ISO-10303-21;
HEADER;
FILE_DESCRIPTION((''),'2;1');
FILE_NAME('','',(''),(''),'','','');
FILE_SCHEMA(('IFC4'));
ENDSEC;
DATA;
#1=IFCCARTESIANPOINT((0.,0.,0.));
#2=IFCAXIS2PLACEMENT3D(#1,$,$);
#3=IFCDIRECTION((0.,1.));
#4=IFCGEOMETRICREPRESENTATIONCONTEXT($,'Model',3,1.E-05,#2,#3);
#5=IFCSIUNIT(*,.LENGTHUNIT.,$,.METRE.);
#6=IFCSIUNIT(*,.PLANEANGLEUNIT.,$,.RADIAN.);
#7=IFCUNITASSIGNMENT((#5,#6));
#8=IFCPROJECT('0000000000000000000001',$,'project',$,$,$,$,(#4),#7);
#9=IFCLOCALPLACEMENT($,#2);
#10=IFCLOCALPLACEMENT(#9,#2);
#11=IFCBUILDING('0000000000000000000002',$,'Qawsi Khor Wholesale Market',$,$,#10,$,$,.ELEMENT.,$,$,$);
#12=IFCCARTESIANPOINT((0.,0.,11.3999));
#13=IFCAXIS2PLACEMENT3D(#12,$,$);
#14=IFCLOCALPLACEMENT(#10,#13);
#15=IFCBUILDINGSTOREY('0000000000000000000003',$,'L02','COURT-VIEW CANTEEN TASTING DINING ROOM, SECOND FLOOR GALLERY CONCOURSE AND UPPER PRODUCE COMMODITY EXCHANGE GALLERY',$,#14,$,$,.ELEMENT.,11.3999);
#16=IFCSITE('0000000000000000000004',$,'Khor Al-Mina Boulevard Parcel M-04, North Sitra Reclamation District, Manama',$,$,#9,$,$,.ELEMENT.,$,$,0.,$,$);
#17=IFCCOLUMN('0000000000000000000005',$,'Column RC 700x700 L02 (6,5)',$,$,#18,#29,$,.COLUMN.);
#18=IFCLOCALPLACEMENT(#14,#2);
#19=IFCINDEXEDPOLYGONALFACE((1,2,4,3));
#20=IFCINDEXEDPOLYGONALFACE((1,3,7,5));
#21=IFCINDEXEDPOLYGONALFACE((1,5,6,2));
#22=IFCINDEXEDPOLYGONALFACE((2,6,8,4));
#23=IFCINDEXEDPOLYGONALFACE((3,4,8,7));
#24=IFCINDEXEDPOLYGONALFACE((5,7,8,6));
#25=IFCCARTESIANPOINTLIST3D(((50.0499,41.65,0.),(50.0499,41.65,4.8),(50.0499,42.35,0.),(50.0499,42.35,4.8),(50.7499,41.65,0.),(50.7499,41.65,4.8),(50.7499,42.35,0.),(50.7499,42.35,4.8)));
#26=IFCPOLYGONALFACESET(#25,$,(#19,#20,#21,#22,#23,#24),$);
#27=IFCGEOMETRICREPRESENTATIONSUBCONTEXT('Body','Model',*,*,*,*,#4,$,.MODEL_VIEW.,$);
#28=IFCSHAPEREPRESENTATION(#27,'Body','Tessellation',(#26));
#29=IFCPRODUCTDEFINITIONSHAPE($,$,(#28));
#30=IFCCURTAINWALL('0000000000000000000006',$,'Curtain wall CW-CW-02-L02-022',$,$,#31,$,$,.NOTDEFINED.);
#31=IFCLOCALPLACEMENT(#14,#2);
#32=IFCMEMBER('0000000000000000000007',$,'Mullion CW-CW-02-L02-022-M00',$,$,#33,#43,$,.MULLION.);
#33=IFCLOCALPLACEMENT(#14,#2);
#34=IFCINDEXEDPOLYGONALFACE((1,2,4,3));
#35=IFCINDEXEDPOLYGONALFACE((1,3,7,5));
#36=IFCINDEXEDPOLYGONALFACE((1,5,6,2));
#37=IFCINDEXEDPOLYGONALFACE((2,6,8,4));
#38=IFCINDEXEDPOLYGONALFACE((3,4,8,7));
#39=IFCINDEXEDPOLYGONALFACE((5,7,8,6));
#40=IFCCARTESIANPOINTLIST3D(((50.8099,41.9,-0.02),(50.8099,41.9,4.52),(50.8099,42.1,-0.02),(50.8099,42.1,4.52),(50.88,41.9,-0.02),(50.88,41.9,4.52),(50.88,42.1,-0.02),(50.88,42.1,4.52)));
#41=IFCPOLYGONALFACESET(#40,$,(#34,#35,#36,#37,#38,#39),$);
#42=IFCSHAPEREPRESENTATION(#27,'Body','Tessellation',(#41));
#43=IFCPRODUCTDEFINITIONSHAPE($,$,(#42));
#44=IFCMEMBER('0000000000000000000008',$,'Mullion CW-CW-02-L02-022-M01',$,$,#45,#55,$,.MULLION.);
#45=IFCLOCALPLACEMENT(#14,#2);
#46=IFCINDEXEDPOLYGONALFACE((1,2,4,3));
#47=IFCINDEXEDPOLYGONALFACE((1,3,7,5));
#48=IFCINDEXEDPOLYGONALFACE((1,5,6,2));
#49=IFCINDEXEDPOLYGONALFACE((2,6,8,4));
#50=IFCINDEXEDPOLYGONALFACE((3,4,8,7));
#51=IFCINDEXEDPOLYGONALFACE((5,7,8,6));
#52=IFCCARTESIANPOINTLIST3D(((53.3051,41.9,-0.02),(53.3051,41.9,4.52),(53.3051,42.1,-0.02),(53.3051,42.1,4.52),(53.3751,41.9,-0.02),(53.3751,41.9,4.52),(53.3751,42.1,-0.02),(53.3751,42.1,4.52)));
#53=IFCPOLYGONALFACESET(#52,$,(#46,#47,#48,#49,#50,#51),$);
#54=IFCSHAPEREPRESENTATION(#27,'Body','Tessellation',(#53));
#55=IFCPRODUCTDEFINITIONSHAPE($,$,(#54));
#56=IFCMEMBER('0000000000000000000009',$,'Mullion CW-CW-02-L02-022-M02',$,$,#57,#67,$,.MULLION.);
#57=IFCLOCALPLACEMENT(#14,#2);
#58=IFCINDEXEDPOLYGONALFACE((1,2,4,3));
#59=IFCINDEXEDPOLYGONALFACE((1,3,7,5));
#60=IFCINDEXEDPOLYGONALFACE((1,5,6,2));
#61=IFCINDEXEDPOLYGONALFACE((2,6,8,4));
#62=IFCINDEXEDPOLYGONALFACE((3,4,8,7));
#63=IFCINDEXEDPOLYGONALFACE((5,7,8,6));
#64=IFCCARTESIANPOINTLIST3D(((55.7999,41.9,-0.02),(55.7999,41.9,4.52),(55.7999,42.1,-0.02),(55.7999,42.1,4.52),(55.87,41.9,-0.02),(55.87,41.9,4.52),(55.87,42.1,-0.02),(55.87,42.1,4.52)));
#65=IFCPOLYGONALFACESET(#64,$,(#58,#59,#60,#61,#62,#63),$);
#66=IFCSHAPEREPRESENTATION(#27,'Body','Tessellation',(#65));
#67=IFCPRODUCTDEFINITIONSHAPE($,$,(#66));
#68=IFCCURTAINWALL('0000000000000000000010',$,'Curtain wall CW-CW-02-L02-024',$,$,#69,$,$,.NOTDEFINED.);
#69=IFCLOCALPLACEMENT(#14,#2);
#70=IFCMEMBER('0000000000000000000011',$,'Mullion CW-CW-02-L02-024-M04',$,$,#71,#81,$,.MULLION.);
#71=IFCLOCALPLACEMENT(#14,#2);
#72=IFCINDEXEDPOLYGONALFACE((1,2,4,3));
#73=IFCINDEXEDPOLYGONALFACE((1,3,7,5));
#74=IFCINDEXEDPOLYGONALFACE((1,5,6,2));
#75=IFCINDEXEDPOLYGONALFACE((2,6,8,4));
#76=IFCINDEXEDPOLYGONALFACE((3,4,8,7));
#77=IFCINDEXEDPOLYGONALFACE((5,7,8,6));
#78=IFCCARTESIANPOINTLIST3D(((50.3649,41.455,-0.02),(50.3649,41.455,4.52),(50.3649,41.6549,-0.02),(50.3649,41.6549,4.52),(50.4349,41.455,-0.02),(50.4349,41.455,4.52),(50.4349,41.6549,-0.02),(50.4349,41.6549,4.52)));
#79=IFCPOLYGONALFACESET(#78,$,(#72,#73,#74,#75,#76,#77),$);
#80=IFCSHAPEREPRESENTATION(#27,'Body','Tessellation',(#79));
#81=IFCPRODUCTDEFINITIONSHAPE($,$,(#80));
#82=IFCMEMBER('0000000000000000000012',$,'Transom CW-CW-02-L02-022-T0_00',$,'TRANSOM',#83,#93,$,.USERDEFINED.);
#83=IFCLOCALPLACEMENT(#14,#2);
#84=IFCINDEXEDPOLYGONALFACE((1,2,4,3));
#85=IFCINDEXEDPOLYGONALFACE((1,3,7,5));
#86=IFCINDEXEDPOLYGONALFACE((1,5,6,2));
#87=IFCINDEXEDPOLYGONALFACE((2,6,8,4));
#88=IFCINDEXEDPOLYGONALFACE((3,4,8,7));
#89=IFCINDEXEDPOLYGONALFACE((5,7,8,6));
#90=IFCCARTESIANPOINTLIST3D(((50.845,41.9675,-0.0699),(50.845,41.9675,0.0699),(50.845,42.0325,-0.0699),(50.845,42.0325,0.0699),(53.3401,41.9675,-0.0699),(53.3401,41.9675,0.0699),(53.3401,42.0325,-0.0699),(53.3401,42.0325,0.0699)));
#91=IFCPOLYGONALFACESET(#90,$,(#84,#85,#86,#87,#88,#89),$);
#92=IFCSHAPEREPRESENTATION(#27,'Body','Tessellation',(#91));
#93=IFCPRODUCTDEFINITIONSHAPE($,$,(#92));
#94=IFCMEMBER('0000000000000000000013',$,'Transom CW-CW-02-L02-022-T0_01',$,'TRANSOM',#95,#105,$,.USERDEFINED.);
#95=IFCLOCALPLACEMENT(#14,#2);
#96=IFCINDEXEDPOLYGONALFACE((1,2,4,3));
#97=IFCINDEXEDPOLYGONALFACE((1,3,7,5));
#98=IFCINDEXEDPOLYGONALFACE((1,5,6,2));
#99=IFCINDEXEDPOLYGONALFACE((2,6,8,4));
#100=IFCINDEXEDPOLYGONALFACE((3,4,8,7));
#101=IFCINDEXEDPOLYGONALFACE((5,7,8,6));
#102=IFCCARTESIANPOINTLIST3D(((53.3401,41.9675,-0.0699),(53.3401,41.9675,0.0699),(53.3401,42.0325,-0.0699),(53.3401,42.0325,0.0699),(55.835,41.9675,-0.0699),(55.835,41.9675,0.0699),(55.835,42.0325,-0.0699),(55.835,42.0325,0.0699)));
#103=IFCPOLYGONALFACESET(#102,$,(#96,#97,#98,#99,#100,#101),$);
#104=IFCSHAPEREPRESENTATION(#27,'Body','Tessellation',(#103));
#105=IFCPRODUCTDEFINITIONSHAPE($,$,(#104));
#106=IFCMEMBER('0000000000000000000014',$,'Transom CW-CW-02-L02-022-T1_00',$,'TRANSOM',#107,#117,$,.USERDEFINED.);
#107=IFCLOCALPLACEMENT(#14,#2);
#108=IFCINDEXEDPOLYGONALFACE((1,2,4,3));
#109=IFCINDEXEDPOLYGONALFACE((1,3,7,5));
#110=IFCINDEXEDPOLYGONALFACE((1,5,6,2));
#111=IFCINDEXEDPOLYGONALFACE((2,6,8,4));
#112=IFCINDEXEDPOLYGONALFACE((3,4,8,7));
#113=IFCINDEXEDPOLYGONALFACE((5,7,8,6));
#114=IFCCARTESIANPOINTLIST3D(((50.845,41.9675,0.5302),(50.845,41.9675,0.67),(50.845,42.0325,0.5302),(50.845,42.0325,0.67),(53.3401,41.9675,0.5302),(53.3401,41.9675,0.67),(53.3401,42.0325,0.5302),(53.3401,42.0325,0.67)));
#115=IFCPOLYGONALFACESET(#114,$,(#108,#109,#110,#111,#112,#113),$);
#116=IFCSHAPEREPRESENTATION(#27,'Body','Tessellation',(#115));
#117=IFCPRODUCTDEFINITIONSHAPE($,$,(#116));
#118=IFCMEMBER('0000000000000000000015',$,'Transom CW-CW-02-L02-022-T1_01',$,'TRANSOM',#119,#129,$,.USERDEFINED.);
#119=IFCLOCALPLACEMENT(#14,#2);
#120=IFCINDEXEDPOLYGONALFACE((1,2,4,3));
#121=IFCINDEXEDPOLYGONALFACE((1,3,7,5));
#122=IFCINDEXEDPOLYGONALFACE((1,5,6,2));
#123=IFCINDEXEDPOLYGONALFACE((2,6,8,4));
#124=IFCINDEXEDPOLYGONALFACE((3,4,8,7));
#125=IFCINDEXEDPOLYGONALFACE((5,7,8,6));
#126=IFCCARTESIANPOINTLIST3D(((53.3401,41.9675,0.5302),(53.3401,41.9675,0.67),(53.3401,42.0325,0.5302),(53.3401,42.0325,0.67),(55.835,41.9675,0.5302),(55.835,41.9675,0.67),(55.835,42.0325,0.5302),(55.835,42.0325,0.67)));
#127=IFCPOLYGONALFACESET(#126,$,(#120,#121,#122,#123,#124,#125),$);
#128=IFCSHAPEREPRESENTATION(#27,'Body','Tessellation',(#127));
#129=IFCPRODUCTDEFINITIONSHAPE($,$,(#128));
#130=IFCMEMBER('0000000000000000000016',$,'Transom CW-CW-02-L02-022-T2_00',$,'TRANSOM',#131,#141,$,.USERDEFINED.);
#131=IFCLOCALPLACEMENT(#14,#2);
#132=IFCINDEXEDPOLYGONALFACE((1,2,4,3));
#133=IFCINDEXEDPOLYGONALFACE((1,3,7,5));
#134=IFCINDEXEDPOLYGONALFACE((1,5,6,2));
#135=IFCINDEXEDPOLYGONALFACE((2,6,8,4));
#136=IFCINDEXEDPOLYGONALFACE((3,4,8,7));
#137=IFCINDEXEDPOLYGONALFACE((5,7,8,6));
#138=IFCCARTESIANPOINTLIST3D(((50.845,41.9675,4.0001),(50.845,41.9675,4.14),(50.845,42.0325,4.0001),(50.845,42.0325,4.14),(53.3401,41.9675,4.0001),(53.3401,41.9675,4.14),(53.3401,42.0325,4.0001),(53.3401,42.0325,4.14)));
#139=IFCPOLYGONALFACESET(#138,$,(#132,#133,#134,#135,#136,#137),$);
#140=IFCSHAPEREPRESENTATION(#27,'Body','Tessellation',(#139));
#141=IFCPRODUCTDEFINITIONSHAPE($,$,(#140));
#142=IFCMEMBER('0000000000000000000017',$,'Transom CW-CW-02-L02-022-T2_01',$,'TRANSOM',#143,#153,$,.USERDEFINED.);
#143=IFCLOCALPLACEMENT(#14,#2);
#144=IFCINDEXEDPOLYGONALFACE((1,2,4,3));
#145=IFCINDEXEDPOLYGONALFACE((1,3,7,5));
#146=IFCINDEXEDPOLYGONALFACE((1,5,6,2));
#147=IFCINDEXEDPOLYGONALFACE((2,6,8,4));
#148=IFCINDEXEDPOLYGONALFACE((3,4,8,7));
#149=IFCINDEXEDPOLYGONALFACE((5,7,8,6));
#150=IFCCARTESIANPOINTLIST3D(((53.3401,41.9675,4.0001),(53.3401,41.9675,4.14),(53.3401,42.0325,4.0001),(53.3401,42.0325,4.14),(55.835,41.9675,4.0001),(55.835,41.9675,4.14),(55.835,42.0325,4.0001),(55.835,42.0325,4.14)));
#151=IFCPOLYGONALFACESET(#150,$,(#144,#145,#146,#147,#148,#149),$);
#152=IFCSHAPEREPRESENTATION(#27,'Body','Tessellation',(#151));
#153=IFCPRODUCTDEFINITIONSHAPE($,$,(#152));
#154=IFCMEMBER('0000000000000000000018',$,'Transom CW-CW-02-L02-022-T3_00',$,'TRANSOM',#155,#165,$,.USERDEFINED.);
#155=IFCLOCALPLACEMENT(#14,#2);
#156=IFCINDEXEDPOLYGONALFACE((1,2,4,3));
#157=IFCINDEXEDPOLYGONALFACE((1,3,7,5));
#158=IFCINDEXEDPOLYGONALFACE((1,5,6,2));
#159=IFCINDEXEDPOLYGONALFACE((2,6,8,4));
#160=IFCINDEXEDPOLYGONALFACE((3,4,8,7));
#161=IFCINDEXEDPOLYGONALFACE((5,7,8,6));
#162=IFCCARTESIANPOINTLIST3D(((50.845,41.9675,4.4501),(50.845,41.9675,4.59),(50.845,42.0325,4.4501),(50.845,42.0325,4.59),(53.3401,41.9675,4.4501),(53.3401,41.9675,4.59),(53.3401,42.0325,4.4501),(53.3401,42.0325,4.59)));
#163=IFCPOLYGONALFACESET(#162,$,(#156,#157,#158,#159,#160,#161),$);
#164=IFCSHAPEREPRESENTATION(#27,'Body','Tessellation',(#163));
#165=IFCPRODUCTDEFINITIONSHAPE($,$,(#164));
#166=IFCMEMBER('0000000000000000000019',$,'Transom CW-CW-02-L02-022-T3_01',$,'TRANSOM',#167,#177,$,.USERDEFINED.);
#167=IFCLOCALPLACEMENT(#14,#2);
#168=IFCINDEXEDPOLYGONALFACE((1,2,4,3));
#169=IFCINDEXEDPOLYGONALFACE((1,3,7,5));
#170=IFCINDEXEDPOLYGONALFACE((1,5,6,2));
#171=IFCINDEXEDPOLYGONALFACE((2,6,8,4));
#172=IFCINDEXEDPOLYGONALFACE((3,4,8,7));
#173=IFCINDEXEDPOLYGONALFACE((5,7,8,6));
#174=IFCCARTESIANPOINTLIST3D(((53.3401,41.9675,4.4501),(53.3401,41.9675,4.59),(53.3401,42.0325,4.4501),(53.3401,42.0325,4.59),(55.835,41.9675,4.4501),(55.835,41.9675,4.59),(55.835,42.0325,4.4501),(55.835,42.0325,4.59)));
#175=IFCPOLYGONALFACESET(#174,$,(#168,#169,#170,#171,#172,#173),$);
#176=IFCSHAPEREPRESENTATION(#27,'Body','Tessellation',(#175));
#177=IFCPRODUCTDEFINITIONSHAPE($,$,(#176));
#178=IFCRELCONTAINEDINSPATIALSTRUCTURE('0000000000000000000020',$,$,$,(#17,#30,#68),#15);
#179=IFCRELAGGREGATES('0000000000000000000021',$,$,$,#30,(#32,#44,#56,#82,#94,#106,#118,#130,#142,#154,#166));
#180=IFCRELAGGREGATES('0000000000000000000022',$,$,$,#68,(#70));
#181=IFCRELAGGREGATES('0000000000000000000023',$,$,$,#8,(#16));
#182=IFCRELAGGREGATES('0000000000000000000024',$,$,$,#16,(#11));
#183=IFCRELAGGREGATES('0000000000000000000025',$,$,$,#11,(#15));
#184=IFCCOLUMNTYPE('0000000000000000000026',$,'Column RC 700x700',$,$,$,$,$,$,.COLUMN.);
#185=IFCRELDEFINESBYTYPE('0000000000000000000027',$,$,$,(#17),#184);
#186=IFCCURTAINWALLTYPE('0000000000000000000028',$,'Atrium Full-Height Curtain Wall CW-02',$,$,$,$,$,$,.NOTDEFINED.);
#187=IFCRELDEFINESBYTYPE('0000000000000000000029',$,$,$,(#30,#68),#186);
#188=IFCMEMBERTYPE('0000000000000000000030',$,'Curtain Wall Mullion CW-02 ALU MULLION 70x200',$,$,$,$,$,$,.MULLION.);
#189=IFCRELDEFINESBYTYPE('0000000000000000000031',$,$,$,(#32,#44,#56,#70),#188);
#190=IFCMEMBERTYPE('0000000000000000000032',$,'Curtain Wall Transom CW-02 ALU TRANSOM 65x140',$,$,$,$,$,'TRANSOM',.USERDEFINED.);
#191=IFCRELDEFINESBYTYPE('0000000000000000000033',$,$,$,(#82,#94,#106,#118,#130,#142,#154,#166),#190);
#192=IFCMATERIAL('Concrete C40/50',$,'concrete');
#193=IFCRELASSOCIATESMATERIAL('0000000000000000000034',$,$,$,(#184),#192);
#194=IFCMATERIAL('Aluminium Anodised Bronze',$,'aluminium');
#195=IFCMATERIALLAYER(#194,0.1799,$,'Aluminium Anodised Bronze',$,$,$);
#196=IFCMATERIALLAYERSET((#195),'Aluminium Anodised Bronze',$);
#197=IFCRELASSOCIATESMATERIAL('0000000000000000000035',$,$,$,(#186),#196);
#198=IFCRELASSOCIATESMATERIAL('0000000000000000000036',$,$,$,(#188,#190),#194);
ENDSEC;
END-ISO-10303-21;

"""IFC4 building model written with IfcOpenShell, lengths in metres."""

from ifc_helpers import new_model, si_unit, direction, frame, origin, origin_2d, place, context, subcontext, project, spatial, rectangle, extrude, material, layer, layer_set, material_profile, profile_set, type_object, element, aggregate, save


model = new_model("IFC4")

# Units and contexts
model_context = context("Model", 3, precision=1e-05, world=origin(), true_north=direction((0.0, 1.0)))
body_context = subcontext(model_context, "Body", "Model", "MODEL_VIEW")
ifc_project = project(units=[si_unit("LENGTHUNIT", "METRE"), si_unit("PLANEANGLEUNIT", "RADIAN")], contexts=[model_context])

# Site, building, storey
site_placement = place(None, origin())
site = spatial("IfcSite", under=ifc_project, at=site_placement, Name="Khor Al-Mina Boulevard Parcel M-04, North Sitra Reclamation District, Manama", CompositionType="ELEMENT", RefElevation=0.0)
building_placement = place(site_placement, origin())
building = spatial("IfcBuilding", under=site, at=building_placement, Name="Qawsi Khor Wholesale Market", CompositionType="ELEMENT")
storey_placement = place(building_placement, frame((0.0, 0.0, 11.3999)))
storey = spatial("IfcBuildingStorey", under=building, at=storey_placement, Name="L02", Description="COURT-VIEW CANTEEN TASTING DINING ROOM, SECOND FLOOR GALLERY CONCOURSE AND UPPER PRODUCE COMMODITY EXCHANGE GALLERY", CompositionType="ELEMENT", Elevation=11.3999)

# Column
ifc_material_1 = material(Name="Concrete C40/50", Category="concrete")
ifc_material_profile_1 = material_profile(ifc_material_1, rectangle(XDim=0.7, YDim=0.7, at=origin_2d()), Name="RC 700x700")
ifc_profile_set_1 = profile_set([ifc_material_profile_1], Name="Concrete C40/50")
column_type = type_object("IfcColumnType", Name="Column RC 700x700", PredefinedType="COLUMN", material=ifc_profile_set_1)
column_placement = place(storey_placement, frame((50.3999, 42.0, 0.0), z_axis=(0.0, 0.0, 1.0), x_axis=(1.0, 0.0, 0.0)))
element("IfcColumn", 1, at=column_placement, inside=storey, type_object=column_type, Name="Column RC 700x700 L02 (6,5)", PredefinedType="COLUMN", context=body_context, shape_type="SweptSolid", body=[
    extrude(rectangle(XDim=0.7, YDim=0.7, at=origin_2d()), origin(), (0.0, 0.0, 1.0), 4.8),
])

# Curtain wall, members
ifc_material_2 = material(Name="Aluminium Anodised Bronze", Category="aluminium")
ifc_layer_1 = layer(ifc_material_2, 0.1799, Name="Aluminium Anodised Bronze")
ifc_layer_set_1 = layer_set([ifc_layer_1], Name="Aluminium Anodised Bronze")
curtain_wall_type = type_object("IfcCurtainWallType", Name="Atrium Full-Height Curtain Wall CW-02", PredefinedType="NOTDEFINED", material=ifc_layer_set_1)
curtain_wall_1_placement = place(storey_placement, origin())
curtain_wall_1 = element("IfcCurtainWall", 2, at=curtain_wall_1_placement, inside=storey, type_object=curtain_wall_type, Name="Curtain wall CW-CW-02-L02-022", PredefinedType="NOTDEFINED")
ifc_material_profile_2 = material_profile(ifc_material_2, rectangle(XDim=0.0701, YDim=0.2, at=origin_2d()), Name="ALU MULLION 70x200")
ifc_profile_set_2 = profile_set([ifc_material_profile_2], Name="Aluminium Anodised Bronze")
member_type_1 = type_object("IfcMemberType", Name="Curtain Wall Mullion CW-02 ALU MULLION 70x200", PredefinedType="MULLION", material=ifc_profile_set_2)
member_1_placement = place(storey_placement, frame((50.845, 42.0, -0.02), z_axis=(0.0, 0.0, 1.0), x_axis=(1.0, 0.0, 0.0)))
member_1 = element("IfcMember", 3, at=member_1_placement, type_object=member_type_1, Name="Mullion CW-CW-02-L02-022-M00", PredefinedType="MULLION", context=body_context, shape_type="SweptSolid", body=[
    extrude(rectangle(XDim=0.0701, YDim=0.2, at=origin_2d()), origin(), (0.0, 0.0, 1.0), 4.54),
])
member_2_placement = place(storey_placement, frame((53.3401, 42.0, -0.02), z_axis=(0.0, 0.0, 1.0), x_axis=(1.0, 0.0, 0.0)))
member_2 = element("IfcMember", 4, at=member_2_placement, type_object=member_type_1, Name="Mullion CW-CW-02-L02-022-M01", PredefinedType="MULLION", context=body_context, shape_type="SweptSolid", body=[
    extrude(rectangle(XDim=0.0701, YDim=0.2, at=origin_2d()), origin(), (0.0, 0.0, 1.0), 4.54),
])
member_3_placement = place(storey_placement, frame((55.835, 42.0, -0.02), z_axis=(0.0, 0.0, 1.0), x_axis=(1.0, 0.0, 0.0)))
member_3 = element("IfcMember", 5, at=member_3_placement, type_object=member_type_1, Name="Mullion CW-CW-02-L02-022-M02", PredefinedType="MULLION", context=body_context, shape_type="SweptSolid", body=[
    extrude(rectangle(XDim=0.0701, YDim=0.2, at=origin_2d()), origin(), (0.0, 0.0, 1.0), 4.54),
])

# Curtain wall, member
curtain_wall_2_placement = place(storey_placement, origin())
curtain_wall_2 = element("IfcCurtainWall", 6, at=curtain_wall_2_placement, inside=storey, type_object=curtain_wall_type, Name="Curtain wall CW-CW-02-L02-024", PredefinedType="NOTDEFINED")
member_4_placement = place(storey_placement, frame((50.3999, 41.5549, -0.02), z_axis=(0.0, 0.0, 1.0), x_axis=(1.0, 0.0, 0.0)))
member_4 = element("IfcMember", 7, at=member_4_placement, type_object=member_type_1, Name="Mullion CW-CW-02-L02-024-M04", PredefinedType="MULLION", context=body_context, shape_type="SweptSolid", body=[
    extrude(rectangle(XDim=0.0701, YDim=0.2, at=origin_2d()), origin(), (0.0, 0.0, 1.0), 4.54),
])

# Members
ifc_material_profile_3 = material_profile(ifc_material_2, rectangle(XDim=0.0649, YDim=0.1399, at=origin_2d()), Name="ALU TRANSOM 65x140")
ifc_profile_set_3 = profile_set([ifc_material_profile_3], Name="Aluminium Anodised Bronze")
member_type_2 = type_object("IfcMemberType", Name="Curtain Wall Transom CW-02 ALU TRANSOM 65x140", ElementType="TRANSOM", PredefinedType="USERDEFINED", material=ifc_profile_set_3)
member_5_placement = place(storey_placement, frame((50.845, 42.0, 0.0), z_axis=(1.0, 0.0, 0.0), x_axis=(0.0, 1.0, 0.0)))
member_5 = element("IfcMember", 8, at=member_5_placement, type_object=member_type_2, Name="Transom CW-CW-02-L02-022-T0_00", ObjectType="TRANSOM", PredefinedType="USERDEFINED", context=body_context, shape_type="SweptSolid", body=[
    extrude(rectangle(XDim=0.0649, YDim=0.1399, at=origin_2d()), origin(), (0.0, 0.0, 1.0), 2.4951),
])
member_6_placement = place(storey_placement, frame((53.3401, 42.0, 0.0), z_axis=(1.0, 0.0, 0.0), x_axis=(0.0, 1.0, 0.0)))
member_6 = element("IfcMember", 9, at=member_6_placement, type_object=member_type_2, Name="Transom CW-CW-02-L02-022-T0_01", ObjectType="TRANSOM", PredefinedType="USERDEFINED", context=body_context, shape_type="SweptSolid", body=[
    extrude(rectangle(XDim=0.0649, YDim=0.1399, at=origin_2d()), origin(), (0.0, 0.0, 1.0), 2.4949),
])
member_7_placement = place(storey_placement, frame((50.845, 42.0, 0.6001), z_axis=(1.0, 0.0, 0.0), x_axis=(0.0, 1.0, 0.0)))
member_7 = element("IfcMember", 10, at=member_7_placement, type_object=member_type_2, Name="Transom CW-CW-02-L02-022-T1_00", ObjectType="TRANSOM", PredefinedType="USERDEFINED", context=body_context, shape_type="SweptSolid", body=[
    extrude(rectangle(XDim=0.0649, YDim=0.1399, at=origin_2d()), origin(), (0.0, 0.0, 1.0), 2.4951),
])
member_8_placement = place(storey_placement, frame((53.3401, 42.0, 0.6001), z_axis=(1.0, 0.0, 0.0), x_axis=(0.0, 1.0, 0.0)))
member_8 = element("IfcMember", 11, at=member_8_placement, type_object=member_type_2, Name="Transom CW-CW-02-L02-022-T1_01", ObjectType="TRANSOM", PredefinedType="USERDEFINED", context=body_context, shape_type="SweptSolid", body=[
    extrude(rectangle(XDim=0.0649, YDim=0.1399, at=origin_2d()), origin(), (0.0, 0.0, 1.0), 2.4949),
])
member_9_placement = place(storey_placement, frame((50.845, 42.0, 4.0701), z_axis=(1.0, 0.0, 0.0), x_axis=(0.0, 1.0, 0.0)))
member_9 = element("IfcMember", 12, at=member_9_placement, type_object=member_type_2, Name="Transom CW-CW-02-L02-022-T2_00", ObjectType="TRANSOM", PredefinedType="USERDEFINED", context=body_context, shape_type="SweptSolid", body=[
    extrude(rectangle(XDim=0.0649, YDim=0.1399, at=origin_2d()), origin(), (0.0, 0.0, 1.0), 2.4951),
])
member_10_placement = place(storey_placement, frame((53.3401, 42.0, 4.0701), z_axis=(1.0, 0.0, 0.0), x_axis=(0.0, 1.0, 0.0)))
member_10 = element("IfcMember", 13, at=member_10_placement, type_object=member_type_2, Name="Transom CW-CW-02-L02-022-T2_01", ObjectType="TRANSOM", PredefinedType="USERDEFINED", context=body_context, shape_type="SweptSolid", body=[
    extrude(rectangle(XDim=0.0649, YDim=0.1399, at=origin_2d()), origin(), (0.0, 0.0, 1.0), 2.4949),
])
member_11_placement = place(storey_placement, frame((50.845, 42.0, 4.52), z_axis=(1.0, 0.0, 0.0), x_axis=(0.0, 1.0, 0.0)))
member_11 = element("IfcMember", 14, at=member_11_placement, type_object=member_type_2, Name="Transom CW-CW-02-L02-022-T3_00", ObjectType="TRANSOM", PredefinedType="USERDEFINED", context=body_context, shape_type="SweptSolid", body=[
    extrude(rectangle(XDim=0.0649, YDim=0.1399, at=origin_2d()), origin(), (0.0, 0.0, 1.0), 2.4951),
])
member_12_placement = place(storey_placement, frame((53.3401, 42.0, 4.52), z_axis=(1.0, 0.0, 0.0), x_axis=(0.0, 1.0, 0.0)))
member_12 = element("IfcMember", 15, at=member_12_placement, type_object=member_type_2, Name="Transom CW-CW-02-L02-022-T3_01", ObjectType="TRANSOM", PredefinedType="USERDEFINED", context=body_context, shape_type="SweptSolid", body=[
    extrude(rectangle(XDim=0.0649, YDim=0.1399, at=origin_2d()), origin(), (0.0, 0.0, 1.0), 2.4949),
])

aggregate(curtain_wall_1, [member_1, member_2, member_3, member_5, member_6, member_7, member_8, member_9, member_10, member_11, member_12])
aggregate(curtain_wall_2, [member_4])

save(model, "model.ifc")
